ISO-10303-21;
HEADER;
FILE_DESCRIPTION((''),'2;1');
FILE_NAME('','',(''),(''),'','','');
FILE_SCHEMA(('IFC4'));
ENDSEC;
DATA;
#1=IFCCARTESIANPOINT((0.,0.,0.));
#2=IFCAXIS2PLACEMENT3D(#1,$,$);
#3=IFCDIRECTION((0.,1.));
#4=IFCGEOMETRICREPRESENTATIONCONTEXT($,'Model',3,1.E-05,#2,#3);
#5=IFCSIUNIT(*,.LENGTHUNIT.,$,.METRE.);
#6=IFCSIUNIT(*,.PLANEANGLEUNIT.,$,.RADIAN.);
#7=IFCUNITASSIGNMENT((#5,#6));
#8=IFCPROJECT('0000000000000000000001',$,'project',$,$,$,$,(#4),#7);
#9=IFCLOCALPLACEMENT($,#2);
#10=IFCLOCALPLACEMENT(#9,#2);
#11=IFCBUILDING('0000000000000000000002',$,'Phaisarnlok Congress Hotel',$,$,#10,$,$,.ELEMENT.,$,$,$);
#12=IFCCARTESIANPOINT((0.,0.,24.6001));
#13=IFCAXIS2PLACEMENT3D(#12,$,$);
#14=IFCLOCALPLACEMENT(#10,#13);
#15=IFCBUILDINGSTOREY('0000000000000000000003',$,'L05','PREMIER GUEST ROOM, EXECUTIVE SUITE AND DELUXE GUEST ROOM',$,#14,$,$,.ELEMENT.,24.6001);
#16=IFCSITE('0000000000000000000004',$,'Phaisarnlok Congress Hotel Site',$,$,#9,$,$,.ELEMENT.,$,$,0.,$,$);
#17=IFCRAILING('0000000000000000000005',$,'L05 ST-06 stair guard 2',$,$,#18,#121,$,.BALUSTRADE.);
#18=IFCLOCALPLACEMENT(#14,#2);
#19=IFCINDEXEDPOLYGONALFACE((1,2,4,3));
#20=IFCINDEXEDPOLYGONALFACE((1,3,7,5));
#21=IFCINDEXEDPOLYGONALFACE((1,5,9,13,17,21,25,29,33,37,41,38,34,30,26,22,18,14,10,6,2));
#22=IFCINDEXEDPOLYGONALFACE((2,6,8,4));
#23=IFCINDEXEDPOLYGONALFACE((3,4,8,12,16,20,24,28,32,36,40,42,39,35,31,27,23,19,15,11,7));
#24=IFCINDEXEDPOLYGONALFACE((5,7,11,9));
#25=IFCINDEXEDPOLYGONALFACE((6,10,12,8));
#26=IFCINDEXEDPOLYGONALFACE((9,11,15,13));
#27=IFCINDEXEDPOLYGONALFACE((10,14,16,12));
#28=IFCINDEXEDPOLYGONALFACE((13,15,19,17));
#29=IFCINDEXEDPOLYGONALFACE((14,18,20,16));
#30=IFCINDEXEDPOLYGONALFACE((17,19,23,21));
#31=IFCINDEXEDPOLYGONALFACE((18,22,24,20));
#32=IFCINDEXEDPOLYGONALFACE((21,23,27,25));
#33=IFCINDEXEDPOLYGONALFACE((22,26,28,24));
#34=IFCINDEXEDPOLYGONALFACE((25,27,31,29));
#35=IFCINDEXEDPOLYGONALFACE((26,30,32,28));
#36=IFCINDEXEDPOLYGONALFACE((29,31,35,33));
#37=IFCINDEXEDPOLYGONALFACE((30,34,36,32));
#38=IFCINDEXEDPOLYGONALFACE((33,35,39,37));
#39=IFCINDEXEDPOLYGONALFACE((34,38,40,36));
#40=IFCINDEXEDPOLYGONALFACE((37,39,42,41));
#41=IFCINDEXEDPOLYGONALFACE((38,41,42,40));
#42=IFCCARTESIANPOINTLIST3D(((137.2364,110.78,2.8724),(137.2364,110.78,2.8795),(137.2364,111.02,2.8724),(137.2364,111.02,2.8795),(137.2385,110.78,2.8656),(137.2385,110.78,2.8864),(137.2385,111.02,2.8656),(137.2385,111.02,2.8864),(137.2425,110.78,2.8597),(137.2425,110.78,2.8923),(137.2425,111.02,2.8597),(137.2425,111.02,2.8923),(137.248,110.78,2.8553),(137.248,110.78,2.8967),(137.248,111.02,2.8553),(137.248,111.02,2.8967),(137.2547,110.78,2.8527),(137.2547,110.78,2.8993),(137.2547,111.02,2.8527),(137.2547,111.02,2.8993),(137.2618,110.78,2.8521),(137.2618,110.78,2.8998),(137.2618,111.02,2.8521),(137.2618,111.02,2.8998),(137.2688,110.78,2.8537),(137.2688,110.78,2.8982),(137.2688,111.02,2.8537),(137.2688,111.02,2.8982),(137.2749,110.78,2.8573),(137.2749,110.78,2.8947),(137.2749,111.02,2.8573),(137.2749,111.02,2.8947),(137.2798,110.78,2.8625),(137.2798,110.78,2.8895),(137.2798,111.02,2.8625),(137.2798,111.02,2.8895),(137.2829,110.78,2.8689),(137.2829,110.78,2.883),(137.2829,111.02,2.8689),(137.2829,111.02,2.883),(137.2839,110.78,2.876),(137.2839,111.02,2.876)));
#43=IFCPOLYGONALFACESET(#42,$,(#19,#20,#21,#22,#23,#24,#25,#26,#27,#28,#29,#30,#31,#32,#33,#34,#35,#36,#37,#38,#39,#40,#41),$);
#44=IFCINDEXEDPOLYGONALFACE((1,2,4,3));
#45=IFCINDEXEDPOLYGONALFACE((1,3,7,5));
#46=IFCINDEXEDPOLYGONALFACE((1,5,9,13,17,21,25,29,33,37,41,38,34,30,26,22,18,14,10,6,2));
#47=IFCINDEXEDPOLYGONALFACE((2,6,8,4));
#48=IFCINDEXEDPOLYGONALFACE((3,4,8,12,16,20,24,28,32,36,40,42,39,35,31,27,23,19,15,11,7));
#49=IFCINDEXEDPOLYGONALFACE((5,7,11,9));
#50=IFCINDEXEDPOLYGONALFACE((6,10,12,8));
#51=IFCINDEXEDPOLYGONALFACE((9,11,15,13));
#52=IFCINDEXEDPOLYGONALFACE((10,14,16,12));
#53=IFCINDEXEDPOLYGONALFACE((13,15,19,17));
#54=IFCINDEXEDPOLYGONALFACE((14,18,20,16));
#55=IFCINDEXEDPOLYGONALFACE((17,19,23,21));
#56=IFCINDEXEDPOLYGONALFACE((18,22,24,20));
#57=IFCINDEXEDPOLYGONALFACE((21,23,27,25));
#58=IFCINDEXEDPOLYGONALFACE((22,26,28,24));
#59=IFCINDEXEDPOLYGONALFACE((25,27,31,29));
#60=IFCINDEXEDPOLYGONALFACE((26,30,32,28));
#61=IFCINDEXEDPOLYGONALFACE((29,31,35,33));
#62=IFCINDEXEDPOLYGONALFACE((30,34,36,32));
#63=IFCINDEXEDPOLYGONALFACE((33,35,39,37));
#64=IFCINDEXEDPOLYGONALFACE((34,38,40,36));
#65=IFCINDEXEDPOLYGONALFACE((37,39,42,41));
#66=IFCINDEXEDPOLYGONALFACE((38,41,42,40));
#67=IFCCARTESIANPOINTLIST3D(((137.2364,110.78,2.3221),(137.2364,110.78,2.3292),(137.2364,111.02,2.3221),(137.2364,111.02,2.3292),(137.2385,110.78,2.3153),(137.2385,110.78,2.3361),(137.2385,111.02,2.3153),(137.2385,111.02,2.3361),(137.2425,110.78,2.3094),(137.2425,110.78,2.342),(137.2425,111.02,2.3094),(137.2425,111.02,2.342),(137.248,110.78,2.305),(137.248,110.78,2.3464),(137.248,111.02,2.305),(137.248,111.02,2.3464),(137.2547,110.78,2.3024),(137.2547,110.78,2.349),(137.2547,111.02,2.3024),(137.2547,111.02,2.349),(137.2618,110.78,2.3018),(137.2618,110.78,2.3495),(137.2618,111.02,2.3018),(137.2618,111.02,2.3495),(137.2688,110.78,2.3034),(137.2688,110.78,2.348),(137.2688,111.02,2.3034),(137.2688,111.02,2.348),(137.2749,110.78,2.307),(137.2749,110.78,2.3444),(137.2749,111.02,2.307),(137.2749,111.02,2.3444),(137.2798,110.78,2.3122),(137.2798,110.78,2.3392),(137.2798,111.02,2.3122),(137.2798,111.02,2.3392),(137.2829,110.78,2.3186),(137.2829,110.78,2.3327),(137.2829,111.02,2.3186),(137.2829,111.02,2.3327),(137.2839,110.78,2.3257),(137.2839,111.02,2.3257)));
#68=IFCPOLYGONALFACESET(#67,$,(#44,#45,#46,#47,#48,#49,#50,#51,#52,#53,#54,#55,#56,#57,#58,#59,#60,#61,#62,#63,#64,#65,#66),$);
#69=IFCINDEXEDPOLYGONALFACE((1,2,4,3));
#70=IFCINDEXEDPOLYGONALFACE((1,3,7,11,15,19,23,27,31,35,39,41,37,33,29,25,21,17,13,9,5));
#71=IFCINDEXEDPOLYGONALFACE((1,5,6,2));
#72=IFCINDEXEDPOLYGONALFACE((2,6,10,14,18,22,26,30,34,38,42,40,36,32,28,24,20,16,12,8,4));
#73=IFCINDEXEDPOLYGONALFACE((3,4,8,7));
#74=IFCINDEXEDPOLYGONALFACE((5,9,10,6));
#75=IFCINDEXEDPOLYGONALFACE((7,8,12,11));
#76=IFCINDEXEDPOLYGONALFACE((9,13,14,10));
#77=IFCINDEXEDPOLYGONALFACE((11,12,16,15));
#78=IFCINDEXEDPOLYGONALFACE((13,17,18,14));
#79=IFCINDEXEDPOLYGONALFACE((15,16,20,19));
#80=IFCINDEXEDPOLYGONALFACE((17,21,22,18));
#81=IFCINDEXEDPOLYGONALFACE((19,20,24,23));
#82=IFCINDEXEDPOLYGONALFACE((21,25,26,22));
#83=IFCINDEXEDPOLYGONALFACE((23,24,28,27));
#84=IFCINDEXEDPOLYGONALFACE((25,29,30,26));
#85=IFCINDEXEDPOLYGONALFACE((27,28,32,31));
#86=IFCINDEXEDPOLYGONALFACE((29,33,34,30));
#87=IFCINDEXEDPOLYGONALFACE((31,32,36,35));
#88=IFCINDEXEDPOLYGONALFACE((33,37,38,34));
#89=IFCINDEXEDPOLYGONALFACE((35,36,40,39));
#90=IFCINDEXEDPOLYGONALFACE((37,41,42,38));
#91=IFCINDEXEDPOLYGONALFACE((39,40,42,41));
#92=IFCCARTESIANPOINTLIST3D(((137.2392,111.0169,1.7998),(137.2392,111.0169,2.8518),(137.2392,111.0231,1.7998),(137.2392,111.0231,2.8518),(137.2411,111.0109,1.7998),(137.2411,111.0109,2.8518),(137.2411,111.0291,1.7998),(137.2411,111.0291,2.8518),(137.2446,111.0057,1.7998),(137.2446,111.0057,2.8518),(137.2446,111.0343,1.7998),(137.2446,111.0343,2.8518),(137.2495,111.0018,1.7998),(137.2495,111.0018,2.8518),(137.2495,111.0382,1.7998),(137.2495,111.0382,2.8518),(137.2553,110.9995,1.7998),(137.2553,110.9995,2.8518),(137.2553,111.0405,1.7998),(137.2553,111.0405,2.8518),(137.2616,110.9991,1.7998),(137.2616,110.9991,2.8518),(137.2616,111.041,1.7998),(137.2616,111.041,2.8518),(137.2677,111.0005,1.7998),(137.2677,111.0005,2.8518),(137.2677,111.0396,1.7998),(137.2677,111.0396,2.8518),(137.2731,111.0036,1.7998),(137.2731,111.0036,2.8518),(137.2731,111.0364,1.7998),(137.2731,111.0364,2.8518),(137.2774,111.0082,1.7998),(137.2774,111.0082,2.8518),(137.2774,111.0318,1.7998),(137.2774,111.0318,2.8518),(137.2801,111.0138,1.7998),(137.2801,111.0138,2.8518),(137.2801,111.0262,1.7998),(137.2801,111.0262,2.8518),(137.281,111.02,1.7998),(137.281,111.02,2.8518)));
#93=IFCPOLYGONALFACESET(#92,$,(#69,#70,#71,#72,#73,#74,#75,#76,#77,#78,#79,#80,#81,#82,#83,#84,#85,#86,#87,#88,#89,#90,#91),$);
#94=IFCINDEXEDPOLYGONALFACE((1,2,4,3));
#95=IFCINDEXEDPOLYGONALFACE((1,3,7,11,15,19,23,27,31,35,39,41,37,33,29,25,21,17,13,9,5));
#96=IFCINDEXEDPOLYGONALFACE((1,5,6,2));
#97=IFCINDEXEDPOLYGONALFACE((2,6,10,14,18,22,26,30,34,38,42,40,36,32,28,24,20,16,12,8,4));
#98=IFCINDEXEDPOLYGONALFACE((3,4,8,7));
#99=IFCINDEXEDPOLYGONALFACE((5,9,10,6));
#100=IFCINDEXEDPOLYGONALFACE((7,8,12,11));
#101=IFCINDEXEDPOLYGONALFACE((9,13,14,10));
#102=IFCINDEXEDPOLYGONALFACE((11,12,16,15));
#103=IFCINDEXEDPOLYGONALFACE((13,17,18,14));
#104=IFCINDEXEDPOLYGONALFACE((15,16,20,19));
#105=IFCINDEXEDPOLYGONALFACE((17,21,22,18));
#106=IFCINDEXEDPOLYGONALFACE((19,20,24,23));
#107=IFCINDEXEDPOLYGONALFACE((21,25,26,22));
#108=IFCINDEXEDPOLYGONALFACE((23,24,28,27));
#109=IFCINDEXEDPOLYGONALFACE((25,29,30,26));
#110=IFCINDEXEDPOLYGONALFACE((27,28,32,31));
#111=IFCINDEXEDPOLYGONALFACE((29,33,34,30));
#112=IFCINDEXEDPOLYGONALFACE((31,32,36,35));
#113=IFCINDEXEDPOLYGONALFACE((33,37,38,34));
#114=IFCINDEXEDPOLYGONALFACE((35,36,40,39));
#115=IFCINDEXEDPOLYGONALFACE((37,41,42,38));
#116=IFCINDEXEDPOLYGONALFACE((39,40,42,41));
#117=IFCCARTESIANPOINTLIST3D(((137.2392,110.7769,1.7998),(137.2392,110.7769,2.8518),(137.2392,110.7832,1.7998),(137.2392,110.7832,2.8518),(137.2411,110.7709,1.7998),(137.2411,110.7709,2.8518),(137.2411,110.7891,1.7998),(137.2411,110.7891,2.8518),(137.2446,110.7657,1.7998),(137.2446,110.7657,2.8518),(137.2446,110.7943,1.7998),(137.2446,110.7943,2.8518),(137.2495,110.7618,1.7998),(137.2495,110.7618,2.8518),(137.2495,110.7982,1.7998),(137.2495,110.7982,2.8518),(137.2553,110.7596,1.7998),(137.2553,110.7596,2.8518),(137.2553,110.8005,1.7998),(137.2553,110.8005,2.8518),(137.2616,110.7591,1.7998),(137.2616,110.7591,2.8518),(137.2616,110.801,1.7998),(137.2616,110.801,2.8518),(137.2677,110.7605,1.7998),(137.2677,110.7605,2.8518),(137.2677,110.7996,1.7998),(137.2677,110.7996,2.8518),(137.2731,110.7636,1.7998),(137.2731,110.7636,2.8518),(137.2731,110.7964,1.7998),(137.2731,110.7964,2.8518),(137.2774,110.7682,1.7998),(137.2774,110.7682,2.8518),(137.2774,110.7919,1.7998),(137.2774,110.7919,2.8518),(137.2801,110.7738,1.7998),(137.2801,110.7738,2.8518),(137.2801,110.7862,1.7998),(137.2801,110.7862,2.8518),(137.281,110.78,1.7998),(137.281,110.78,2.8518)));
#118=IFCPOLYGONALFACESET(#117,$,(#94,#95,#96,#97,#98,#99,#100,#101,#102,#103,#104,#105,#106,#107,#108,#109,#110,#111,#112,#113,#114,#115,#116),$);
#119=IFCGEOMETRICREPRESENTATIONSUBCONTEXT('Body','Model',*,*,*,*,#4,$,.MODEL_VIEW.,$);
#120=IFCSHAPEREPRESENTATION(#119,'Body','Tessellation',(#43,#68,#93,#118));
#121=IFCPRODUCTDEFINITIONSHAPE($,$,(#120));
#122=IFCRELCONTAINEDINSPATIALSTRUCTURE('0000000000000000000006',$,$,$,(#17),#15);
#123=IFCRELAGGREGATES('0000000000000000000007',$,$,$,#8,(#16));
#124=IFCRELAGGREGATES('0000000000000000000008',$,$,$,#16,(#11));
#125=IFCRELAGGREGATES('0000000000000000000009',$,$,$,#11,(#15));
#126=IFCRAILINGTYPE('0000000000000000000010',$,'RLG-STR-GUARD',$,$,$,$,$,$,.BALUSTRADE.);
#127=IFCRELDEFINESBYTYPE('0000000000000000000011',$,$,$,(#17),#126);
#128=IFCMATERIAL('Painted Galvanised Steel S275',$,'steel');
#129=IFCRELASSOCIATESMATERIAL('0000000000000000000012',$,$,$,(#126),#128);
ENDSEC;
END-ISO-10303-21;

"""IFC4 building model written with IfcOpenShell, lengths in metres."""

from ifc_helpers import new_model, si_unit, direction, frame, origin, origin_2d, place, context, subcontext, project, spatial, circle, extrude, material, type_object, element, save


model = new_model("IFC4")

# Units and contexts
model_context = context("Model", 3, precision=1e-05, world=origin(), true_north=direction((0.0, 1.0)))
body_context = subcontext(model_context, "Body", "Model", "MODEL_VIEW")
ifc_project = project(units=[si_unit("LENGTHUNIT", "METRE"), si_unit("PLANEANGLEUNIT", "RADIAN")], contexts=[model_context])

# Site, building, storey
site_placement = place(None, origin())
site = spatial("IfcSite", under=ifc_project, at=site_placement, Name="Phaisarnlok Congress Hotel Site", CompositionType="ELEMENT", RefElevation=0.0)
building_placement = place(site_placement, origin())
building = spatial("IfcBuilding", under=site, at=building_placement, Name="Phaisarnlok Congress Hotel", CompositionType="ELEMENT")
storey_placement = place(building_placement, frame((0.0, 0.0, 24.6001)))
storey = spatial("IfcBuildingStorey", under=building, at=storey_placement, Name="L05", Description="PREMIER GUEST ROOM, EXECUTIVE SUITE AND DELUXE GUEST ROOM", CompositionType="ELEMENT", Elevation=24.6001)

# Railing
ifc_material_1 = material(Name="Painted Galvanised Steel S275", Category="steel")
railing_type_1 = type_object("IfcRailingType", Name="RLG-STR-GUARD", PredefinedType="BALUSTRADE", material=ifc_material_1)
railing_1_placement = place(storey_placement, frame((137.26, 111.02, 1.7998)))
element("IfcRailing", 1, at=railing_1_placement, inside=storey, type_object=railing_type_1, Name="L05 ST-06 stair guard 2", PredefinedType="BALUSTRADE", context=body_context, shape_type="SweptSolid", body=[
    extrude(circle(Radius=0.0239, at=origin_2d()), frame((0.0, 0.0, 1.0762), z_axis=(0.0, -1.0, 0.0), x_axis=(1.0, 0.0, 0.0)), (0.0, 0.0, 1.0), 0.24),
    extrude(circle(Radius=0.0239, at=origin_2d()), frame((0.0, 0.0, 0.5259), z_axis=(0.0, -1.0, 0.0), x_axis=(1.0, 0.0, 0.0)), (0.0, 0.0, 1.0), 0.24),
    extrude(circle(Radius=0.021, at=origin_2d()), origin(), (0.0, 0.0, 1.0), 1.052),
    extrude(circle(Radius=0.021, at=origin_2d()), frame((0.0, -0.24, 0.0)), (0.0, 0.0, 1.0), 1.052),
])

save(model, "model.ifc")
